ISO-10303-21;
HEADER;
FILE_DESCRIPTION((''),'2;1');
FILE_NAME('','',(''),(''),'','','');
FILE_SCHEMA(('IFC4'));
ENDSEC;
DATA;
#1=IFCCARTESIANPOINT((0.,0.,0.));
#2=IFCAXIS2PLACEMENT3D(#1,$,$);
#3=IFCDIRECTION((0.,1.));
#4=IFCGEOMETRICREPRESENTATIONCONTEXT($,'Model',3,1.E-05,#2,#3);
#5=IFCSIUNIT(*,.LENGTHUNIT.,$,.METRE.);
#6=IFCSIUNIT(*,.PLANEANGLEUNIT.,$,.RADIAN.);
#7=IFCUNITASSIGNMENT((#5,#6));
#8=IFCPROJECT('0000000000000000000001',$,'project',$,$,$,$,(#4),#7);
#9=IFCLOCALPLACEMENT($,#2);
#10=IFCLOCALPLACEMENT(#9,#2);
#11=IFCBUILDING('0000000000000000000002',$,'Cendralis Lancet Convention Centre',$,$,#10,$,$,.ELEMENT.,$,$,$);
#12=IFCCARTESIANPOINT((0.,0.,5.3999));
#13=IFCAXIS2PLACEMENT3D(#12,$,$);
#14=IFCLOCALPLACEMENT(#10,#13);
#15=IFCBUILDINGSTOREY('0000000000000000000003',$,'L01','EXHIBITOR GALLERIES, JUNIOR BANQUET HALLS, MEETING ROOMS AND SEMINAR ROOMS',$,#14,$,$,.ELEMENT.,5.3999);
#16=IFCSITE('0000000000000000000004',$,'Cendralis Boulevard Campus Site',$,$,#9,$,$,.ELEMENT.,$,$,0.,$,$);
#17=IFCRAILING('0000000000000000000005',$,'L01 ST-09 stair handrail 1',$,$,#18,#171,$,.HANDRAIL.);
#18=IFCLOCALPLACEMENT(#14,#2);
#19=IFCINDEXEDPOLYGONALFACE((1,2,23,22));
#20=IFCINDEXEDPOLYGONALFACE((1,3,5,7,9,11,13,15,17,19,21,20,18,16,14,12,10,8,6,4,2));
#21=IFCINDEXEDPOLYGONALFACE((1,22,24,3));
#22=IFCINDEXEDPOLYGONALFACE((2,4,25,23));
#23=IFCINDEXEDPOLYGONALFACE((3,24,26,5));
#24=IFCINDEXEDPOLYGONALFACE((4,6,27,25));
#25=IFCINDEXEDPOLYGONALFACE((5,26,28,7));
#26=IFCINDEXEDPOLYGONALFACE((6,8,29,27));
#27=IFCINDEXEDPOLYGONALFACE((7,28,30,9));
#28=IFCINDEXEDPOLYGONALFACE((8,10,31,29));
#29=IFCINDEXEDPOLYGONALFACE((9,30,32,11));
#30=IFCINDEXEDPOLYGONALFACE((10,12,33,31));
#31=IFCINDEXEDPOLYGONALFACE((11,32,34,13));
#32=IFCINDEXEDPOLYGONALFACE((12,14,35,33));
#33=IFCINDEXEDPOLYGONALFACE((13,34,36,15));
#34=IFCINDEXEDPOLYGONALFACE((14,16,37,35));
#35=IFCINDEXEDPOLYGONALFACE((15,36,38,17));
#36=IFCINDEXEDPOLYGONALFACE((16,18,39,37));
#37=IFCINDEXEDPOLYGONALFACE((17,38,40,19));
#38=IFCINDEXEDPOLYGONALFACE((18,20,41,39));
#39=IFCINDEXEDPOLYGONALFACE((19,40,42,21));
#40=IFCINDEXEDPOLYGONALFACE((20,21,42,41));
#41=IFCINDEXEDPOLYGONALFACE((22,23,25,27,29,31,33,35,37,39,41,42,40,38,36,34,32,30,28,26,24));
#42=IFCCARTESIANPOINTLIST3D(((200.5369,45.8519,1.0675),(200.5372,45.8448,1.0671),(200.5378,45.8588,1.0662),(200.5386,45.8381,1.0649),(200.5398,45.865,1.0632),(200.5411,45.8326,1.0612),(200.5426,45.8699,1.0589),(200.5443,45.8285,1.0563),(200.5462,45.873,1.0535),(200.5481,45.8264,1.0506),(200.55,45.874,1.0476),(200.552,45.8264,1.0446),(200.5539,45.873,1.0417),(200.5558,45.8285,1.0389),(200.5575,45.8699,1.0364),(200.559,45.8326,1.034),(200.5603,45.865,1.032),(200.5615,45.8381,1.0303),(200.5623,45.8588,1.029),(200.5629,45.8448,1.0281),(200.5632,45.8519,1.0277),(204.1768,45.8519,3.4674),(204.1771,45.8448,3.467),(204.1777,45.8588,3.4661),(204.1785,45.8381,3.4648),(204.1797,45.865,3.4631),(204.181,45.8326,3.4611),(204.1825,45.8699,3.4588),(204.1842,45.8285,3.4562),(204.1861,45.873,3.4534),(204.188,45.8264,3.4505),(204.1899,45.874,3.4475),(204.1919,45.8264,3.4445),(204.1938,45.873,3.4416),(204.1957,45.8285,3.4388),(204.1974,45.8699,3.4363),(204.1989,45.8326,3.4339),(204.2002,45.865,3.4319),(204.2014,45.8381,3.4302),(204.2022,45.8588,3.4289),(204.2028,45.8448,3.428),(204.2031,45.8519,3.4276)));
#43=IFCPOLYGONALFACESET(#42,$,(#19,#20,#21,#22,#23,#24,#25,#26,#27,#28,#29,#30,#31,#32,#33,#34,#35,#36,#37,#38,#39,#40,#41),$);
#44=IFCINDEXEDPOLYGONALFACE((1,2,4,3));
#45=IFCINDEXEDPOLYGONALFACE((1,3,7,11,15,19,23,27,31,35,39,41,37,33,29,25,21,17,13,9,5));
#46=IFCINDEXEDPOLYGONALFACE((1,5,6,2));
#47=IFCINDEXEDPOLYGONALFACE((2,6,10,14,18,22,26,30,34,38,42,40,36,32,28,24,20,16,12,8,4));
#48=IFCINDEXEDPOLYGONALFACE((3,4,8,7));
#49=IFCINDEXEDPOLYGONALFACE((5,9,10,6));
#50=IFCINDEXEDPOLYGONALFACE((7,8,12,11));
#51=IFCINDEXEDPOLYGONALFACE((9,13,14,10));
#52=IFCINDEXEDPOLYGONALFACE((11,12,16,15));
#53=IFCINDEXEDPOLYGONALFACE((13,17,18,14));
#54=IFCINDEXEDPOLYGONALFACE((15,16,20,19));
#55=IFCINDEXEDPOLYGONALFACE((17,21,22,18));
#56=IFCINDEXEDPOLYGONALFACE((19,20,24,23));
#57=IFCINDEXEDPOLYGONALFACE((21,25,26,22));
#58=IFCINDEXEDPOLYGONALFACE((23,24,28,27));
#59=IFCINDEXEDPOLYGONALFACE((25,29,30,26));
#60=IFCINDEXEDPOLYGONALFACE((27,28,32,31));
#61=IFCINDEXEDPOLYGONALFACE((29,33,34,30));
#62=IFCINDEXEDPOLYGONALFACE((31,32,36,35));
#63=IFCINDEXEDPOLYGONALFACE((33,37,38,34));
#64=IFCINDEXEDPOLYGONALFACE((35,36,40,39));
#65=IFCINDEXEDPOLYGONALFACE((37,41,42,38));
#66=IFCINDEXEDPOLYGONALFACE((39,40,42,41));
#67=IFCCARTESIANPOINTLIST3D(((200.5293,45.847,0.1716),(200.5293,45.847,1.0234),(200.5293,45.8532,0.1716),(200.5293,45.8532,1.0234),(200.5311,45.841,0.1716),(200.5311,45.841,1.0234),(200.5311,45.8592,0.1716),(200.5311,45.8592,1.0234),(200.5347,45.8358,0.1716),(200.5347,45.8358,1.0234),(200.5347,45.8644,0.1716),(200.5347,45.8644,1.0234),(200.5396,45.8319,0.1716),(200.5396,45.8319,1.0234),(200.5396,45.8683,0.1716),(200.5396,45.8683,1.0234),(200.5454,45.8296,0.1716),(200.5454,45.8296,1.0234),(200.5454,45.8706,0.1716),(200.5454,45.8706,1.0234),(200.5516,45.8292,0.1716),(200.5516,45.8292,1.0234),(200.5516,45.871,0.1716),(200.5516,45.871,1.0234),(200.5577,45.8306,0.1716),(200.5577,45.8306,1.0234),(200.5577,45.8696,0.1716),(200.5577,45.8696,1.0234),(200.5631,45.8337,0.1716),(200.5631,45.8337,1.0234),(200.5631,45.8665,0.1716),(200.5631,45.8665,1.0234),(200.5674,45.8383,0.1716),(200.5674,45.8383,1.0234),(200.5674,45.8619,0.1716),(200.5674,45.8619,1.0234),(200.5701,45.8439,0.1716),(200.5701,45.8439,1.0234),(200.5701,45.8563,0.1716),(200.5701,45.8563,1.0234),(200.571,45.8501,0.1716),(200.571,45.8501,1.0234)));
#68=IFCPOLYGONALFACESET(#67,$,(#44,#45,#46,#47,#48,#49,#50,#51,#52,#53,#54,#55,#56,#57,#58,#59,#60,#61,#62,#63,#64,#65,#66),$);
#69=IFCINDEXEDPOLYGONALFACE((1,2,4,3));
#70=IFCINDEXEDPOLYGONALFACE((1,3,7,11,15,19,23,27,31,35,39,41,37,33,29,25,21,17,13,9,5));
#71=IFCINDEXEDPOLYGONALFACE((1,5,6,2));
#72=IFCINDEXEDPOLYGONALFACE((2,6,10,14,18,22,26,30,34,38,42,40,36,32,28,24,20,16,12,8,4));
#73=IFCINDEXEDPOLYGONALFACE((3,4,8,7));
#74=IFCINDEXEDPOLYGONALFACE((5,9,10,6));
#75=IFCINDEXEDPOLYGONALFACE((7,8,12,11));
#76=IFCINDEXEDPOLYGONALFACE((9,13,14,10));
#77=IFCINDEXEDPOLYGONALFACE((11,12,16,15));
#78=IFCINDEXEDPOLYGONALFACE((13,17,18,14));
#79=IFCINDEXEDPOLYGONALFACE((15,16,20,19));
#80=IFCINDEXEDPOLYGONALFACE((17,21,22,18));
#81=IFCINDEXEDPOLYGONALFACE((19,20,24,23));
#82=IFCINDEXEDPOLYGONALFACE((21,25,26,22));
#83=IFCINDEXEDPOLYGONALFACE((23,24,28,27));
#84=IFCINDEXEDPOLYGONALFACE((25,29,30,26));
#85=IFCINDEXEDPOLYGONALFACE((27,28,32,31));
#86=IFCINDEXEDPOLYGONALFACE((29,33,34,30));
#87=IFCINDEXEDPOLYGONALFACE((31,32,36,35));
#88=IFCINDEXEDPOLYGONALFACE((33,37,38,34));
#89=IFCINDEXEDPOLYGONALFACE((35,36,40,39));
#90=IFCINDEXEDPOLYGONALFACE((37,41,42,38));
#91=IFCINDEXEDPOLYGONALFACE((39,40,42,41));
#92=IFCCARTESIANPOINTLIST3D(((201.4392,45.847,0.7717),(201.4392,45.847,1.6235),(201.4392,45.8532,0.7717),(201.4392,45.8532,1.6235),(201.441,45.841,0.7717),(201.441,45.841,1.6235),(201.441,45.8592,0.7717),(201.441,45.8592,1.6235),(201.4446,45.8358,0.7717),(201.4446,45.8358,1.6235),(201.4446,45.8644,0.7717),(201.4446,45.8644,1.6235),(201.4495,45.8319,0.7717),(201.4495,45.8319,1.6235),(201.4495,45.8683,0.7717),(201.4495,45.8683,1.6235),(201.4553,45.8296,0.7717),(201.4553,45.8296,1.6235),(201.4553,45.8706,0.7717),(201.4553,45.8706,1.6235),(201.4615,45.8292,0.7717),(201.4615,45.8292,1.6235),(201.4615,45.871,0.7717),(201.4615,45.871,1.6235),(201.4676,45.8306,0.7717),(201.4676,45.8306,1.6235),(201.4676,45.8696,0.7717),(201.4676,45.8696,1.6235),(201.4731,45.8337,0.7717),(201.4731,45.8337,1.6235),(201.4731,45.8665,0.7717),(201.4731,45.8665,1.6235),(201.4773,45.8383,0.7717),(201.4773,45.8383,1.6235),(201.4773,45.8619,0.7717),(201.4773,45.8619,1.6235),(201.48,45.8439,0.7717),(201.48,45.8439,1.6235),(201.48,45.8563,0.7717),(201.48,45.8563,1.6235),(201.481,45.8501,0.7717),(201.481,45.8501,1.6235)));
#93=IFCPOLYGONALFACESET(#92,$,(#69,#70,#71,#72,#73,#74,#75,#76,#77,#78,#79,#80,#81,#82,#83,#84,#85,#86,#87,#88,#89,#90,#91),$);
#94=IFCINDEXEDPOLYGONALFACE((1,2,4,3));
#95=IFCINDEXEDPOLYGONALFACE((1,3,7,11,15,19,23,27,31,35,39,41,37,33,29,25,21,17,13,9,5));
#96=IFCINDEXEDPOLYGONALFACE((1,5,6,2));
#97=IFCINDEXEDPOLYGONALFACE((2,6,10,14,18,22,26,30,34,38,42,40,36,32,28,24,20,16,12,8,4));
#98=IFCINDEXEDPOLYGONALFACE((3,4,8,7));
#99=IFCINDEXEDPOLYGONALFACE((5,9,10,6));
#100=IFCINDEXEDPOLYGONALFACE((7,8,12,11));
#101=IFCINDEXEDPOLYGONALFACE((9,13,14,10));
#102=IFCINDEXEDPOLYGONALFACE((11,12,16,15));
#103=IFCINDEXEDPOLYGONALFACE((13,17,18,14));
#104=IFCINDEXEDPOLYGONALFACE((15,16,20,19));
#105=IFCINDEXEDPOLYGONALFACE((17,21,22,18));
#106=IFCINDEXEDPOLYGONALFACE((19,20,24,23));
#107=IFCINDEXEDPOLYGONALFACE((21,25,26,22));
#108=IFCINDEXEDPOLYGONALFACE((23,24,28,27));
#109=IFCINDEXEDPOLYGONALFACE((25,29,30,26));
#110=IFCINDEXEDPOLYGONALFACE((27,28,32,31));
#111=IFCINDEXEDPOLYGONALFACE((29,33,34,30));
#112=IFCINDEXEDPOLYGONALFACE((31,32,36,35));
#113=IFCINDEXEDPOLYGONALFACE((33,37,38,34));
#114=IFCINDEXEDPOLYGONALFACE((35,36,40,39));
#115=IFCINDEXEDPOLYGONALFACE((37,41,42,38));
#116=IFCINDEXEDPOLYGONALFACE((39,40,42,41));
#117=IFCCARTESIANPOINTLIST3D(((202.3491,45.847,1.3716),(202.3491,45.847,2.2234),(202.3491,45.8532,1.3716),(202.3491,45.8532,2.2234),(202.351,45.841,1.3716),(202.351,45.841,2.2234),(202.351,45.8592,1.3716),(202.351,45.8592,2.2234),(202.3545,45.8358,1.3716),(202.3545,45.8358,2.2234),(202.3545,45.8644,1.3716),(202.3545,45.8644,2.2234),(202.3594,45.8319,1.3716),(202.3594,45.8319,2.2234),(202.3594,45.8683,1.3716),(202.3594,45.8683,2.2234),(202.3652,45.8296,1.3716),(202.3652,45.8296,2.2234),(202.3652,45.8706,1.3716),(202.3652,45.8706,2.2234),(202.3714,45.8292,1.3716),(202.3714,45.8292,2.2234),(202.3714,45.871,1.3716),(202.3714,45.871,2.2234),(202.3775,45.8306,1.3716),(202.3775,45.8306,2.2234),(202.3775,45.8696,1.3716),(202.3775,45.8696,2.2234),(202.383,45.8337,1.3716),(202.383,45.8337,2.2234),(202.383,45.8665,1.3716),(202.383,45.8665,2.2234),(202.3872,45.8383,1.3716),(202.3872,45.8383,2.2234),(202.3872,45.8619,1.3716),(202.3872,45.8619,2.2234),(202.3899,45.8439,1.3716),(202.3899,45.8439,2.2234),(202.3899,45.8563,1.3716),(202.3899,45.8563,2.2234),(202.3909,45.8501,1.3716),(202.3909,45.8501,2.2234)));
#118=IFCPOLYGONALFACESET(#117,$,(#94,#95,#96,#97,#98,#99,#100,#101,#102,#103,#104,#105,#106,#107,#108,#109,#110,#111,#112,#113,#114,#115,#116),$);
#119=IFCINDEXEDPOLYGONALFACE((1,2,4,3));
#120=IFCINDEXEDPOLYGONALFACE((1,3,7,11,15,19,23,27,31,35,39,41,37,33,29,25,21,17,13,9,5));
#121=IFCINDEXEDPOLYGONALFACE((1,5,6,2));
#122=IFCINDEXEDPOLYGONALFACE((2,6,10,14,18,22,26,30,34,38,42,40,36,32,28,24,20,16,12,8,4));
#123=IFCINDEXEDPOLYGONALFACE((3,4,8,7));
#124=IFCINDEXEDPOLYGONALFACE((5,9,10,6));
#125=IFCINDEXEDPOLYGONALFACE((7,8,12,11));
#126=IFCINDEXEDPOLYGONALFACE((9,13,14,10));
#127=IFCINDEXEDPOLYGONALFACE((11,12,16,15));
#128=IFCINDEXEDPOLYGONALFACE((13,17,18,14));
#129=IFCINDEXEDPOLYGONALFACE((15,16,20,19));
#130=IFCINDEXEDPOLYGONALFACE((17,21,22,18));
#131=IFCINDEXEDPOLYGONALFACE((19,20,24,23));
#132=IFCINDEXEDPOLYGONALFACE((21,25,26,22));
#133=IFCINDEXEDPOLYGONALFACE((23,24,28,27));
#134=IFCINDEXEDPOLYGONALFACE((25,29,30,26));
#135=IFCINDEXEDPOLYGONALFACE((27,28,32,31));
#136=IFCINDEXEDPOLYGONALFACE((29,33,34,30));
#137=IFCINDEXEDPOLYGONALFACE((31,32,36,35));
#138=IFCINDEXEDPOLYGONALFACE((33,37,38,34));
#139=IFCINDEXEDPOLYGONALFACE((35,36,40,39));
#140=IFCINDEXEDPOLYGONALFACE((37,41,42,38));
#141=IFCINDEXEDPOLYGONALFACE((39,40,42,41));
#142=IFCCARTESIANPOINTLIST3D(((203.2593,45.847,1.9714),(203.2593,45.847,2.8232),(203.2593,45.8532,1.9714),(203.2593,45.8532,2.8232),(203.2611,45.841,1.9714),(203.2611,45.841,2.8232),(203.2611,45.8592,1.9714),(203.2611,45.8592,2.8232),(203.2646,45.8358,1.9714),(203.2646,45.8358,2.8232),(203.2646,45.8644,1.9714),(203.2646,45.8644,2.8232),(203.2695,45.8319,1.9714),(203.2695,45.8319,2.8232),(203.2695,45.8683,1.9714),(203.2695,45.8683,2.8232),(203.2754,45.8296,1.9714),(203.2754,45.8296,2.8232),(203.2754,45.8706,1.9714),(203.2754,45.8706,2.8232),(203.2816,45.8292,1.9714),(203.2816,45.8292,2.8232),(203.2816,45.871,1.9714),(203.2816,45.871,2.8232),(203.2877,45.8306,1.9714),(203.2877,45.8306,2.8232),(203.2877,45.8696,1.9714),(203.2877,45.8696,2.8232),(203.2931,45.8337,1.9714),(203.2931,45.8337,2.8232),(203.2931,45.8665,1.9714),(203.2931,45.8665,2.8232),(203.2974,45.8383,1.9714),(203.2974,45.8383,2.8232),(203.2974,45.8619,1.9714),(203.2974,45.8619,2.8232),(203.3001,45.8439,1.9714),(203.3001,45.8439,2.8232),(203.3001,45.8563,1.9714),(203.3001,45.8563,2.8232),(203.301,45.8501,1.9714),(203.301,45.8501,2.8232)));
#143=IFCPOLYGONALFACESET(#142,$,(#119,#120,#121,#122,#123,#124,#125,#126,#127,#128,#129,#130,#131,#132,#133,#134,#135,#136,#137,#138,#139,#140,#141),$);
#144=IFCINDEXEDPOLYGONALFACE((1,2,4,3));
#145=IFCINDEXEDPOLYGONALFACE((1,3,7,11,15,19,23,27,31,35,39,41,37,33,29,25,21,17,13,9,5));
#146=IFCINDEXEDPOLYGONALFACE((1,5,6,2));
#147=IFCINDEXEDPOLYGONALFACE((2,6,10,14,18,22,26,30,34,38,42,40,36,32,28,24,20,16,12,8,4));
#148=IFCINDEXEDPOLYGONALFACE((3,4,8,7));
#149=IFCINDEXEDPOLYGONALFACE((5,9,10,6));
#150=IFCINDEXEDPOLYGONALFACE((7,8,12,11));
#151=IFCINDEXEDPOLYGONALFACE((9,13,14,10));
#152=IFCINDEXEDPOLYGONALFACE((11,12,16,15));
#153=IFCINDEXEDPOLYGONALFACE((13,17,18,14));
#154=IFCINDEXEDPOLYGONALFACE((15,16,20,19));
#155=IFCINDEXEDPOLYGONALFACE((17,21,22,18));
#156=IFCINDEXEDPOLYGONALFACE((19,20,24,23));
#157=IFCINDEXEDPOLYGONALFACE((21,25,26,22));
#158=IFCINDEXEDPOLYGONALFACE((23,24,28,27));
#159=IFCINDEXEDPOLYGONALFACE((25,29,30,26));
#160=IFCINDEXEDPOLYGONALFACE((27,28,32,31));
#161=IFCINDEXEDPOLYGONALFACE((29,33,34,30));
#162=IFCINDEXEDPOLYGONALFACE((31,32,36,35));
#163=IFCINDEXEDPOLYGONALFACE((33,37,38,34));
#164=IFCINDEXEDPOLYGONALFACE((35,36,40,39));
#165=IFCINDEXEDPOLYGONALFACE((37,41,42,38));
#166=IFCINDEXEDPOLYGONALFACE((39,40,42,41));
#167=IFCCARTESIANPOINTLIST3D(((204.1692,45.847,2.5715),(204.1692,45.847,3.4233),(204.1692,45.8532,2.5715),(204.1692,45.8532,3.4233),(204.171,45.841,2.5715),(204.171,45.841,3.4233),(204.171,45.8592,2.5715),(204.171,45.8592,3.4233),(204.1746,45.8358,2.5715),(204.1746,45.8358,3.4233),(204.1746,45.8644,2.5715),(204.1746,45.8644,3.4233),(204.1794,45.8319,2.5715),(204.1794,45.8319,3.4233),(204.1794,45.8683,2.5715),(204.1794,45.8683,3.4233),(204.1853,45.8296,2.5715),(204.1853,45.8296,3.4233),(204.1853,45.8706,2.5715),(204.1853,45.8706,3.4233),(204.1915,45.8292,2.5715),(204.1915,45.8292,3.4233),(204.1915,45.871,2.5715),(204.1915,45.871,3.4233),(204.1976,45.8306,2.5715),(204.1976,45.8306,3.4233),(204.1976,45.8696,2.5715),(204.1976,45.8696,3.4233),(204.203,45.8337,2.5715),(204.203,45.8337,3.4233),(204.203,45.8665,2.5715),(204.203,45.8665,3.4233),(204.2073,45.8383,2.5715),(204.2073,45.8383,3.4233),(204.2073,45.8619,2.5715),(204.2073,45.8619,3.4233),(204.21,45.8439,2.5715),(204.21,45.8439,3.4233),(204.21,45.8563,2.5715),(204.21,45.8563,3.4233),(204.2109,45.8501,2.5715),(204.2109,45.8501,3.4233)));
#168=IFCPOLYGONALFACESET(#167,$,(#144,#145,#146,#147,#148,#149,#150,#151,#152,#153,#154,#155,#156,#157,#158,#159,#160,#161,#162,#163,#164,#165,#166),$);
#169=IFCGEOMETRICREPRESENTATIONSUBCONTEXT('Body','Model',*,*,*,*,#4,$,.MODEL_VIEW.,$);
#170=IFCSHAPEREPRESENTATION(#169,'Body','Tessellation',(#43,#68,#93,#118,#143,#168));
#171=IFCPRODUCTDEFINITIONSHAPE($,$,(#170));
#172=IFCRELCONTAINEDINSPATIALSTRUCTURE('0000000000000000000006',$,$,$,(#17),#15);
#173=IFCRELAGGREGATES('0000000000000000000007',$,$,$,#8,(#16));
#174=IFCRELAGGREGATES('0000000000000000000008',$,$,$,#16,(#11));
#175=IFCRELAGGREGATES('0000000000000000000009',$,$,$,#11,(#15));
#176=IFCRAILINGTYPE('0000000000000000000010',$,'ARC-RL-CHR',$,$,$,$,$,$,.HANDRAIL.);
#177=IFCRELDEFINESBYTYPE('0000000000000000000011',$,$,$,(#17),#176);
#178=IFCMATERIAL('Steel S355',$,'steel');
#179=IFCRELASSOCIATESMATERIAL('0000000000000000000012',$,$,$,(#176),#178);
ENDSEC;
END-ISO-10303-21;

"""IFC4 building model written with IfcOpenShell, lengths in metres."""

from ifc_helpers import new_model, si_unit, direction, frame, origin, origin_2d, place, context, subcontext, project, spatial, circle, extrude, material, type_object, element, save


model = new_model("IFC4")

# Units and contexts
model_context = context("Model", 3, precision=1e-05, world=origin(), true_north=direction((0.0, 1.0)))
body_context = subcontext(model_context, "Body", "Model", "MODEL_VIEW")
ifc_project = project(units=[si_unit("LENGTHUNIT", "METRE"), si_unit("PLANEANGLEUNIT", "RADIAN")], contexts=[model_context])

# Site, building, storey
site_placement = place(None, origin())
site = spatial("IfcSite", under=ifc_project, at=site_placement, Name="Cendralis Boulevard Campus Site", CompositionType="ELEMENT", RefElevation=0.0)
building_placement = place(site_placement, origin())
building = spatial("IfcBuilding", under=site, at=building_placement, Name="Cendralis Lancet Convention Centre", CompositionType="ELEMENT")
storey_placement = place(building_placement, frame((0.0, 0.0, 5.3999)))
storey = spatial("IfcBuildingStorey", under=building, at=storey_placement, Name="L01", Description="EXHIBITOR GALLERIES, JUNIOR BANQUET HALLS, MEETING ROOMS AND SEMINAR ROOMS", CompositionType="ELEMENT", Elevation=5.3999)

# Shared definitions
ifc_material_1 = material(Name="Steel S355", Category="steel")

# Railing
railing_type_1 = type_object("IfcRailingType", Name="ARC-RL-CHR", PredefinedType="HANDRAIL", material=ifc_material_1)
railing_1_placement = place(storey_placement, frame((200.55, 45.8501, 0.1716)))
element("IfcRailing", 1, at=railing_1_placement, inside=storey, type_object=railing_type_1, Name="L01 ST-09 stair handrail 1", PredefinedType="HANDRAIL", context=body_context, shape_type="SweptSolid", body=[
    extrude(circle(Radius=0.0239, at=origin_2d()), frame((0.0, 0.0, 0.876), z_axis=(0.834865, 0.0, 0.550454), x_axis=(0.0, 1.0, 0.0)), (0.0, 0.0, 1.0), 4.3599),
    extrude(circle(Radius=0.021, at=origin_2d()), origin(), (0.0, 0.0, 1.0), 0.8518),
    extrude(circle(Radius=0.021, at=origin_2d()), frame((0.9099, 0.0, 0.6001)), (0.0, 0.0, 1.0), 0.8518),
    extrude(circle(Radius=0.021, at=origin_2d()), frame((1.8198, 0.0, 1.2)), (0.0, 0.0, 1.0), 0.8518),
    extrude(circle(Radius=0.021, at=origin_2d()), frame((2.73, 0.0, 1.7998)), (0.0, 0.0, 1.0), 0.8518),
    extrude(circle(Radius=0.021, at=origin_2d()), frame((3.6399, 0.0, 2.3999)), (0.0, 0.0, 1.0), 0.8518),
])

save(model, "model.ifc")
